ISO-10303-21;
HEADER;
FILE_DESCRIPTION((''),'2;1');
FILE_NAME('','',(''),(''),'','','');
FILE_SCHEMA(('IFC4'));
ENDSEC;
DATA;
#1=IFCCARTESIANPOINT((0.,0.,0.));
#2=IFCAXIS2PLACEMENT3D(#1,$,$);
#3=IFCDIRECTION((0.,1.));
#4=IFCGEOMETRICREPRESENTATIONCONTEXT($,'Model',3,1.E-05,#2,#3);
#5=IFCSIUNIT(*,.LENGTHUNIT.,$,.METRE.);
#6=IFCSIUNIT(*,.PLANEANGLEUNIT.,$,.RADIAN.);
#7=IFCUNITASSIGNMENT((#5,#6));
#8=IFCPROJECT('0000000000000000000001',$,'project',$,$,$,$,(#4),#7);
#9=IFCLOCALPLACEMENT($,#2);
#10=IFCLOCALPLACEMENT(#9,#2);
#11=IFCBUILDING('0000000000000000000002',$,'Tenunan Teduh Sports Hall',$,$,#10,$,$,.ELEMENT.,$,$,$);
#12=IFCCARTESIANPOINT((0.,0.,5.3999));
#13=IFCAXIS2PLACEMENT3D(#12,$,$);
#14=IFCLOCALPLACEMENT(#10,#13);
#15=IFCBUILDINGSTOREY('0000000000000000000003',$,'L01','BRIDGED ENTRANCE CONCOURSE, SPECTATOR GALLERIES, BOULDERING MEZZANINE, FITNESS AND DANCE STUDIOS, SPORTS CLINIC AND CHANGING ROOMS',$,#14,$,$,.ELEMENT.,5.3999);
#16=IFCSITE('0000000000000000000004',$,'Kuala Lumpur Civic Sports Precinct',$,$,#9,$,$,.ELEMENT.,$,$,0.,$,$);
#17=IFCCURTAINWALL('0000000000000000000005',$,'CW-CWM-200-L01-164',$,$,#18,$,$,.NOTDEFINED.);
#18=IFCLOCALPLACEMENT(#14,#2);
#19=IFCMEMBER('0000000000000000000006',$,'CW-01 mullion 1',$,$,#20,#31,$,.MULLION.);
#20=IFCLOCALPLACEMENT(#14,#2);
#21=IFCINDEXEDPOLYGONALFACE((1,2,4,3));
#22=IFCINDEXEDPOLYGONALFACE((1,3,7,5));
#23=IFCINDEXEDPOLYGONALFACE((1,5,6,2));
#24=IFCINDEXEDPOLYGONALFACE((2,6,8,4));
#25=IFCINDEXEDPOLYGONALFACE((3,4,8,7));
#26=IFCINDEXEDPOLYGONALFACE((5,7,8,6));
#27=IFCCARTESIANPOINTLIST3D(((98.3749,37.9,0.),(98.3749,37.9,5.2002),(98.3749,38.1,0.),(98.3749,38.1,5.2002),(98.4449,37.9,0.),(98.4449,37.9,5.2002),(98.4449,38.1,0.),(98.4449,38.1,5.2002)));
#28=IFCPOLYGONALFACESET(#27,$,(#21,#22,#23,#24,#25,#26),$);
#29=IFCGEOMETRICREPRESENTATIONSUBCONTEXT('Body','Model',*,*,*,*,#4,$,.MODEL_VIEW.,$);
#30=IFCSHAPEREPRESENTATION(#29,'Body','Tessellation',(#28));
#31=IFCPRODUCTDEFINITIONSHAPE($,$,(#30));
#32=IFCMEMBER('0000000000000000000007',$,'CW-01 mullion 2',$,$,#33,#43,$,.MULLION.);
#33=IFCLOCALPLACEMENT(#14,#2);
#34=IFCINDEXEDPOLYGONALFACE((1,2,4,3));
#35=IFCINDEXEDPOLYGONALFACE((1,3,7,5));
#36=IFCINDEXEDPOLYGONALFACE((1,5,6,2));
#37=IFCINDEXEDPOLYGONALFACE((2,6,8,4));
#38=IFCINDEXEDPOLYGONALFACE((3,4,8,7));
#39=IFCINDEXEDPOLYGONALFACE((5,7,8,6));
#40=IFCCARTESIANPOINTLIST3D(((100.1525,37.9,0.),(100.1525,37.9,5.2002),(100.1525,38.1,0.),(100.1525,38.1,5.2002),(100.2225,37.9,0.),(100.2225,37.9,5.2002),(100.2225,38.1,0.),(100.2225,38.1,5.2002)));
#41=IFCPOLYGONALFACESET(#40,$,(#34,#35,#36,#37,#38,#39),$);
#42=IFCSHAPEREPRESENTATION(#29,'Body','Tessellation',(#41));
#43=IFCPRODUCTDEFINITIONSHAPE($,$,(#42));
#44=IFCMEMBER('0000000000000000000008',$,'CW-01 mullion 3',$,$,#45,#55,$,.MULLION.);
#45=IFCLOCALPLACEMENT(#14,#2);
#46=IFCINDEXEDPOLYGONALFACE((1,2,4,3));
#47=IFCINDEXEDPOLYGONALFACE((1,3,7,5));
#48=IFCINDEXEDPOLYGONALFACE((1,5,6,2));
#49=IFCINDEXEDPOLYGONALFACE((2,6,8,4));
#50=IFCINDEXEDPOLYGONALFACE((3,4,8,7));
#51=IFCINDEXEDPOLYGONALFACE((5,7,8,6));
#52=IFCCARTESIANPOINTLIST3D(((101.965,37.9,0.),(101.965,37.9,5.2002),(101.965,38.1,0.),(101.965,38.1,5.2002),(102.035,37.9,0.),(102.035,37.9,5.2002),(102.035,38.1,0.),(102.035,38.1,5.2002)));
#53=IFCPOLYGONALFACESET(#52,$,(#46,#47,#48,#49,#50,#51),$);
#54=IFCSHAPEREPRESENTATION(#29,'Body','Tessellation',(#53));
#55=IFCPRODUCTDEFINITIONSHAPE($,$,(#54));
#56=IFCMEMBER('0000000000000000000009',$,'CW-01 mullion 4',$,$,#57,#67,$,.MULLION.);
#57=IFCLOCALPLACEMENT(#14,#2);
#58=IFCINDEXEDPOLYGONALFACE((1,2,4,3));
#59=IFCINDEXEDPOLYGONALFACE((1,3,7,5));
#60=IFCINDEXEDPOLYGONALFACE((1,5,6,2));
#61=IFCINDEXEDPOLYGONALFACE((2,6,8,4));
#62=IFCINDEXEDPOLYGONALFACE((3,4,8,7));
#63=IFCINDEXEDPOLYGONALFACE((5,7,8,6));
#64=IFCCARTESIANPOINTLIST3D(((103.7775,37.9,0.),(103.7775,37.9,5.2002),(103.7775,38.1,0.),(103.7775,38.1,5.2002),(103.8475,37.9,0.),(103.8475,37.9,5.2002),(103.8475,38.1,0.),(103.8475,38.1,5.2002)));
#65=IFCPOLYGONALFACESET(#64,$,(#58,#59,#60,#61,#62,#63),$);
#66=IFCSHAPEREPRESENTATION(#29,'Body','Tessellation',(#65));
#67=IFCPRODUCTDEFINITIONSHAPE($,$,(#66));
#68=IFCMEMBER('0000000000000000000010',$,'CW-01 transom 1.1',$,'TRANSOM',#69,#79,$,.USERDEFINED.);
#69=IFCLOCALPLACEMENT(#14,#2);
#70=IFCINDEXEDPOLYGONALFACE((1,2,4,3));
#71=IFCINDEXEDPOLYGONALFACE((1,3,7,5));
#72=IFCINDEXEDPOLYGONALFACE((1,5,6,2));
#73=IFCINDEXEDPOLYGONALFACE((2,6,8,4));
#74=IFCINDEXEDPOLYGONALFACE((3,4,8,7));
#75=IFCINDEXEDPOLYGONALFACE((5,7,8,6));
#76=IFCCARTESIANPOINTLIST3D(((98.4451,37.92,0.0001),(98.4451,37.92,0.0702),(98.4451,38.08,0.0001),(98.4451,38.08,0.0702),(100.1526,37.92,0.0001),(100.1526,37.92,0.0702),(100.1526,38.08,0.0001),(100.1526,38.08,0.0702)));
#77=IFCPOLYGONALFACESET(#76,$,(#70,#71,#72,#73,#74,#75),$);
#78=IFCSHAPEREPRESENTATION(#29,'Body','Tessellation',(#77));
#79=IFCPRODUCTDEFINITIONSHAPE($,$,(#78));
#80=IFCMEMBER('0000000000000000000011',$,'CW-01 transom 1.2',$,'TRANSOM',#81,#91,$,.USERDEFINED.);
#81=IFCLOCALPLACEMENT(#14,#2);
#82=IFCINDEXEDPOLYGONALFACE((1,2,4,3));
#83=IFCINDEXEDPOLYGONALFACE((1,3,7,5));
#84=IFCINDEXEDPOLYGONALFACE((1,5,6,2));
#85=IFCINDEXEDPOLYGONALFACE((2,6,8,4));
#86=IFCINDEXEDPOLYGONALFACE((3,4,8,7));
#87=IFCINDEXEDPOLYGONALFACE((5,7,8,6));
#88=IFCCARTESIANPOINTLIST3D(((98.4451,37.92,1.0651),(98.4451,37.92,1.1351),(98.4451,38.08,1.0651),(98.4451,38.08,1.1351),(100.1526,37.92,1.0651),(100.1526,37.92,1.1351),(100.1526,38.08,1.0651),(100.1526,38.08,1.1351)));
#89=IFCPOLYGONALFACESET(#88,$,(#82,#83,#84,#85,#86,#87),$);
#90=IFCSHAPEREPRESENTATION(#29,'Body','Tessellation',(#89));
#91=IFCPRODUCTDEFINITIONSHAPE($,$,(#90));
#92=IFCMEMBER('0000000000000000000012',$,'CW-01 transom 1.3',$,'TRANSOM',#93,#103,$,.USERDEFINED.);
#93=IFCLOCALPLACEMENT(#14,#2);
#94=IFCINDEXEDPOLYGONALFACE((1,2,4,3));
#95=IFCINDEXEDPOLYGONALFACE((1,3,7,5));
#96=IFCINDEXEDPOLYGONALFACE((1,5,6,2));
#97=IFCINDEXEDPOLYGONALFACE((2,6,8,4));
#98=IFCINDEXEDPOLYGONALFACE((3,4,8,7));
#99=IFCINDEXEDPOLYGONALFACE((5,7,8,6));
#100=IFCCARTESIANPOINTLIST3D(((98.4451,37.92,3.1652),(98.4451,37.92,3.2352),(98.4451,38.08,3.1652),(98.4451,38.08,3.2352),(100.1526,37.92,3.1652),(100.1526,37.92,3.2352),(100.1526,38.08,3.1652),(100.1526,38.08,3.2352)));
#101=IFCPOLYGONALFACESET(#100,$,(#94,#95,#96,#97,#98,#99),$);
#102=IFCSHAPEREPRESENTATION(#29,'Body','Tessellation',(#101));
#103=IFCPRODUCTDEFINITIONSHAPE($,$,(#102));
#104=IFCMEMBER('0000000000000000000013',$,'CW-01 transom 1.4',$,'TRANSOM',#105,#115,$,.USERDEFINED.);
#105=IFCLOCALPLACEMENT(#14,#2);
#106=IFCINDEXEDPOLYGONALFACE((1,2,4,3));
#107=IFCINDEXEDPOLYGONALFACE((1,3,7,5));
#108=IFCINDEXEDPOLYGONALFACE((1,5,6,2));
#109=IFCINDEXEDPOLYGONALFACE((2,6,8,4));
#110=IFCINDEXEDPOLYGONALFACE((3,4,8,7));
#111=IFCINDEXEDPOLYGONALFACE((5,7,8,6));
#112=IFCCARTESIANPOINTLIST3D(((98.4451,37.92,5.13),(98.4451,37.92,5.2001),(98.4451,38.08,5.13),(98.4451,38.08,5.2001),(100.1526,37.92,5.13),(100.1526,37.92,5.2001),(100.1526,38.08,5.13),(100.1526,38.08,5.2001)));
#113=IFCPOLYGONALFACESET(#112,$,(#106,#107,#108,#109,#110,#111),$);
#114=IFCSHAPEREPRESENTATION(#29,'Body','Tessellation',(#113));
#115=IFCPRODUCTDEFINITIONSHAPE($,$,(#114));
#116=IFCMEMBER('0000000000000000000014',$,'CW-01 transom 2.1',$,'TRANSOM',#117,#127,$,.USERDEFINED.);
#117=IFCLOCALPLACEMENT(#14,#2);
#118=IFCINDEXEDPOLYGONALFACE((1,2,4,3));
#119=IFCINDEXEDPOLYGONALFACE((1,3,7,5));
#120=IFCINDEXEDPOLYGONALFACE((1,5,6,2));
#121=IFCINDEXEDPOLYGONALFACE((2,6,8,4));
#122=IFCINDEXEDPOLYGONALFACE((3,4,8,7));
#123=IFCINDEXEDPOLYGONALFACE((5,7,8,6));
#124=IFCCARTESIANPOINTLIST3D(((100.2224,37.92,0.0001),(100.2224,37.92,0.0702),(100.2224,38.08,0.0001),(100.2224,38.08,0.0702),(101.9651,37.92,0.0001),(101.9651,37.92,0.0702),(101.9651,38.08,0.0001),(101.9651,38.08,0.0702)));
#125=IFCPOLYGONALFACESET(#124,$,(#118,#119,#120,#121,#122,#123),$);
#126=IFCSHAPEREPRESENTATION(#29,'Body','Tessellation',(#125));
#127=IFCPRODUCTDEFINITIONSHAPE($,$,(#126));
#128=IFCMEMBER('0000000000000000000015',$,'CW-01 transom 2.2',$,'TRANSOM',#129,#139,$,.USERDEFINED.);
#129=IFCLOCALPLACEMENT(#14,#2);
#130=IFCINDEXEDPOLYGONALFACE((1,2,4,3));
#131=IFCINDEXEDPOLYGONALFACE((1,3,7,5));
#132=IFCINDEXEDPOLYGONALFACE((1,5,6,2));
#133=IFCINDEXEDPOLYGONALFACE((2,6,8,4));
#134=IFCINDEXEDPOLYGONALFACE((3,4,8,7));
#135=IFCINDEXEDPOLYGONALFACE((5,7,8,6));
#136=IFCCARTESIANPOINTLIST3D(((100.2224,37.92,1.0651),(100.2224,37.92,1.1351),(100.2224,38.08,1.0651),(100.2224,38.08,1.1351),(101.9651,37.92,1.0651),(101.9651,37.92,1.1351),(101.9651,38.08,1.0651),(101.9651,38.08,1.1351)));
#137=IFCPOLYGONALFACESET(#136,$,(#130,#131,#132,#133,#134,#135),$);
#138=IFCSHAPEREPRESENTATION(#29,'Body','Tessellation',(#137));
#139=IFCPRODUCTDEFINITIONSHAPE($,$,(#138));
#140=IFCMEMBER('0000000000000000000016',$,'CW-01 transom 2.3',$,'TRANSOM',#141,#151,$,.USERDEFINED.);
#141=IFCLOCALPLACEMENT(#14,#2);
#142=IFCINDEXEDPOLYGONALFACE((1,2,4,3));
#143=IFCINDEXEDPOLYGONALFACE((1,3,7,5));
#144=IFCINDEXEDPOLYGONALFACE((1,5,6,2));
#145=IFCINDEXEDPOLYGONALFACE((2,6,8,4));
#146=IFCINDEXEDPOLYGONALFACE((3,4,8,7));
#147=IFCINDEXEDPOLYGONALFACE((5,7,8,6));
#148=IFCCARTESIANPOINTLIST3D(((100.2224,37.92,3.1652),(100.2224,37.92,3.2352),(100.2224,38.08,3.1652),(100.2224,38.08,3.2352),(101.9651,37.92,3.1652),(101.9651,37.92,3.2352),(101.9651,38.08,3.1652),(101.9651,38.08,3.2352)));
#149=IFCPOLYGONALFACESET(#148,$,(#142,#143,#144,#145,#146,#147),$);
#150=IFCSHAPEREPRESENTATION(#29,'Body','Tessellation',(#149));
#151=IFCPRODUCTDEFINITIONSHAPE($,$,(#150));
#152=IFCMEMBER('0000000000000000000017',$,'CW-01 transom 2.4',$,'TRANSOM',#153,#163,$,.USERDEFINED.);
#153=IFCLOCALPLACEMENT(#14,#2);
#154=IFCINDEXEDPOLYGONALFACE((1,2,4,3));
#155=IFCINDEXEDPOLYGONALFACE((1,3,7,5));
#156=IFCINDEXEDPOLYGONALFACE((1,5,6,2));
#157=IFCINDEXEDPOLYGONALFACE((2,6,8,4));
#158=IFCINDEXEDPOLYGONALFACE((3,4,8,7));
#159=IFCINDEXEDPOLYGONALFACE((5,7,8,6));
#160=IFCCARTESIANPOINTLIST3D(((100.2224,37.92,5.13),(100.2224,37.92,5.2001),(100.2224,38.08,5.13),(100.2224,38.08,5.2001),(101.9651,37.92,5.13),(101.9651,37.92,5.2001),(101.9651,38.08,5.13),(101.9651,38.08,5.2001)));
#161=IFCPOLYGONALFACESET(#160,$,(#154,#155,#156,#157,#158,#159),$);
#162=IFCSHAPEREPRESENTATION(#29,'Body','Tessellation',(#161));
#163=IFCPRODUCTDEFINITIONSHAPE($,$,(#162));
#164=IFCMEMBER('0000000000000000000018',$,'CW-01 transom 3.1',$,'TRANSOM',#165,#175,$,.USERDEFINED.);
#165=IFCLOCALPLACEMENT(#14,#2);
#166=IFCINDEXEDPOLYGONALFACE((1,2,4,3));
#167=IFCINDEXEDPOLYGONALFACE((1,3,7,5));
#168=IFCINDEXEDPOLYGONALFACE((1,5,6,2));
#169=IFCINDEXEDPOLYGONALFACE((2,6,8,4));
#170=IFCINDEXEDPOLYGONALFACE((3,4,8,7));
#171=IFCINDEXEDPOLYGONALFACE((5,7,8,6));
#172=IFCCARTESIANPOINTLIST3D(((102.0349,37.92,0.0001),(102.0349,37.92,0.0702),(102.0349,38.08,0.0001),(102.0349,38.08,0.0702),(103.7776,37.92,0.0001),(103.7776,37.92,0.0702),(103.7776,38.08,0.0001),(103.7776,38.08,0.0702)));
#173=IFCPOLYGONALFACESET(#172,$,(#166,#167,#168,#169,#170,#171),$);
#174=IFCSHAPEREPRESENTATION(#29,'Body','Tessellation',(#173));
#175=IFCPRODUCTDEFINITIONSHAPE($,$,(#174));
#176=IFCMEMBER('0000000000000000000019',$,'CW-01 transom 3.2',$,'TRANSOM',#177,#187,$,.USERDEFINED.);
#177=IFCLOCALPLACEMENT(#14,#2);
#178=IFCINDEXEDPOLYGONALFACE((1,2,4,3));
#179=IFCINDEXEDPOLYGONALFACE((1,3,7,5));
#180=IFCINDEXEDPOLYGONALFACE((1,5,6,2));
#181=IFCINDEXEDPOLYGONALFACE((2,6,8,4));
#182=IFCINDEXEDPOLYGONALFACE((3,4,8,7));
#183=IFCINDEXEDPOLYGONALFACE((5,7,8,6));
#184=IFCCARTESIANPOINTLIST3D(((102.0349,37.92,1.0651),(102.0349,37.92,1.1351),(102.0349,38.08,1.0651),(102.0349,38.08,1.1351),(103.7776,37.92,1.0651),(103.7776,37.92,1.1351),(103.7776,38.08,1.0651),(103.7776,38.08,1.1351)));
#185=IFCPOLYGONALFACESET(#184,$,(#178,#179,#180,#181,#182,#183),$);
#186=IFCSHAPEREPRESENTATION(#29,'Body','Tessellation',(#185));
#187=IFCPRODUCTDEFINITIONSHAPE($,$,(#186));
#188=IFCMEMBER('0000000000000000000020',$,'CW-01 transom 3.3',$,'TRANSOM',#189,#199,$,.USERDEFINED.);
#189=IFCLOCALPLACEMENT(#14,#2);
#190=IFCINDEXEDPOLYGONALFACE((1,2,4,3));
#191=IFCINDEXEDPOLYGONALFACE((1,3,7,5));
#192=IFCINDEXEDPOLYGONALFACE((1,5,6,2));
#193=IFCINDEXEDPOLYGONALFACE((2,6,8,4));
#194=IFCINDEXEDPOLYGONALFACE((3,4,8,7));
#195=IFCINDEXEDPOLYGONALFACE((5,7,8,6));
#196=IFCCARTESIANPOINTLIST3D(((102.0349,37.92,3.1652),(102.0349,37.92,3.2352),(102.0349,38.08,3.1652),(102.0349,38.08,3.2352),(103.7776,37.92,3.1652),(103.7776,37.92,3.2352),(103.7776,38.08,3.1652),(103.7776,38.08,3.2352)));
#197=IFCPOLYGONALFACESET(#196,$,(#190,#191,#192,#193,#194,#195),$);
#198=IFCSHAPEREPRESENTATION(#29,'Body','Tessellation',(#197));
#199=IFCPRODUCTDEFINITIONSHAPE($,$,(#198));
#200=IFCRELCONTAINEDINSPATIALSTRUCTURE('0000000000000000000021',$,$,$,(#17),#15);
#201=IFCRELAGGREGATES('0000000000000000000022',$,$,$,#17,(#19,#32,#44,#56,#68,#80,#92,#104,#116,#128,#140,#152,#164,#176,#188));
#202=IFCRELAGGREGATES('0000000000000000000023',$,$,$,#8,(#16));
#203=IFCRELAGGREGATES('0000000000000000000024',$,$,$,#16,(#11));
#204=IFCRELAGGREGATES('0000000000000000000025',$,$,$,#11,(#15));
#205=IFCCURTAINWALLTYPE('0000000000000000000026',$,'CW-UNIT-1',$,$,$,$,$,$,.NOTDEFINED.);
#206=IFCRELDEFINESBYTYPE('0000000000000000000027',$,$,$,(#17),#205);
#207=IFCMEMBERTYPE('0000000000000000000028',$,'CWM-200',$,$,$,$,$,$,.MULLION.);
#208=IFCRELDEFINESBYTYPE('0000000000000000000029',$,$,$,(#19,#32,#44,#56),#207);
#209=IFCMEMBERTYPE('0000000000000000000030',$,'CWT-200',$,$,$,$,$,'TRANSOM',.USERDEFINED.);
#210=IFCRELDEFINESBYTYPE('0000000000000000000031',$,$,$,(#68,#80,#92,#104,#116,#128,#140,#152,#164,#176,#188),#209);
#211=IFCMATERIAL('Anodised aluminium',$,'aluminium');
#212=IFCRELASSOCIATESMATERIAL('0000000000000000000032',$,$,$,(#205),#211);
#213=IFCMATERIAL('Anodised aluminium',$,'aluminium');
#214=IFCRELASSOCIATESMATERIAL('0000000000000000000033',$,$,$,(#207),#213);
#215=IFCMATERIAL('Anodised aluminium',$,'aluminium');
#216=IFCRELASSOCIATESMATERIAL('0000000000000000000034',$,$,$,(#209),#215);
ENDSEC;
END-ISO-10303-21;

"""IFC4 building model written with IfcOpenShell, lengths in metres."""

from ifc_helpers import new_model, si_unit, direction, frame, origin, origin_2d, place, context, subcontext, project, spatial, rectangle, extrude, material, material_profile, profile_set, type_object, element, aggregate, save


model = new_model("IFC4")

# Units and contexts
model_context = context("Model", 3, precision=1e-05, world=origin(), true_north=direction((0.0, 1.0)))
body_context = subcontext(model_context, "Body", "Model", "MODEL_VIEW")
ifc_project = project(units=[si_unit("LENGTHUNIT", "METRE"), si_unit("PLANEANGLEUNIT", "RADIAN")], contexts=[model_context])

# Site, building, storey
site_placement = place(None, origin())
site = spatial("IfcSite", under=ifc_project, at=site_placement, Name="Kuala Lumpur Civic Sports Precinct", CompositionType="ELEMENT", RefElevation=0.0)
building_placement = place(site_placement, origin())
building = spatial("IfcBuilding", under=site, at=building_placement, Name="Tenunan Teduh Sports Hall", CompositionType="ELEMENT")
storey_placement = place(building_placement, frame((0.0, 0.0, 5.3999)))
storey = spatial("IfcBuildingStorey", under=building, at=storey_placement, Name="L01", Description="BRIDGED ENTRANCE CONCOURSE, SPECTATOR GALLERIES, BOULDERING MEZZANINE, FITNESS AND DANCE STUDIOS, SPORTS CLINIC AND CHANGING ROOMS", CompositionType="ELEMENT", Elevation=5.3999)

# Curtain wall, members
ifc_material_1 = material(Name="Anodised aluminium", Category="aluminium")
curtain_wall_type = type_object("IfcCurtainWallType", Name="CW-UNIT-1", PredefinedType="NOTDEFINED", material=ifc_material_1)
curtain_wall_1_placement = place(storey_placement, origin())
curtain_wall_1 = element("IfcCurtainWall", 1, at=curtain_wall_1_placement, inside=storey, type_object=curtain_wall_type, Name="CW-CWM-200-L01-164", PredefinedType="NOTDEFINED")
ifc_material_2 = material(Name="Anodised aluminium", Category="aluminium")
ifc_material_profile_1 = material_profile(ifc_material_2, rectangle(XDim=0.0701, YDim=0.2, at=origin_2d()), Name="CWM 70x200")
ifc_profile_set_1 = profile_set([ifc_material_profile_1], Name="Anodised aluminium")
member_type_1 = type_object("IfcMemberType", Name="CWM-200", PredefinedType="MULLION", material=ifc_profile_set_1)
member_1_placement = place(storey_placement, frame((98.4099, 38.0, 0.0), z_axis=(0.0, 0.0, 1.0), x_axis=(1.0, 0.0, 0.0)))
member_1 = element("IfcMember", 2, at=member_1_placement, type_object=member_type_1, Name="CW-01 mullion 1", PredefinedType="MULLION", context=body_context, shape_type="SweptSolid", body=[
    extrude(rectangle(XDim=0.0701, YDim=0.2, at=origin_2d()), origin(), (0.0, 0.0, 1.0), 5.2002),
])
member_2_placement = place(storey_placement, frame((100.1875, 38.0, 0.0), z_axis=(0.0, 0.0, 1.0), x_axis=(1.0, 0.0, 0.0)))
member_2 = element("IfcMember", 3, at=member_2_placement, type_object=member_type_1, Name="CW-01 mullion 2", PredefinedType="MULLION", context=body_context, shape_type="SweptSolid", body=[
    extrude(rectangle(XDim=0.0701, YDim=0.2, at=origin_2d()), origin(), (0.0, 0.0, 1.0), 5.2002),
])
member_3_placement = place(storey_placement, frame((102.0, 38.0, 0.0), z_axis=(0.0, 0.0, 1.0), x_axis=(1.0, 0.0, 0.0)))
member_3 = element("IfcMember", 4, at=member_3_placement, type_object=member_type_1, Name="CW-01 mullion 3", PredefinedType="MULLION", context=body_context, shape_type="SweptSolid", body=[
    extrude(rectangle(XDim=0.0701, YDim=0.2, at=origin_2d()), origin(), (0.0, 0.0, 1.0), 5.2002),
])
member_4_placement = place(storey_placement, frame((103.8125, 38.0, 0.0), z_axis=(0.0, 0.0, 1.0), x_axis=(1.0, 0.0, 0.0)))
member_4 = element("IfcMember", 5, at=member_4_placement, type_object=member_type_1, Name="CW-01 mullion 4", PredefinedType="MULLION", context=body_context, shape_type="SweptSolid", body=[
    extrude(rectangle(XDim=0.0701, YDim=0.2, at=origin_2d()), origin(), (0.0, 0.0, 1.0), 5.2002),
])
ifc_material_3 = material(Name="Anodised aluminium", Category="aluminium")
ifc_material_profile_2 = material_profile(ifc_material_3, rectangle(XDim=0.0701, YDim=0.1599, at=origin_2d()), Name="CWT 70x160")
ifc_profile_set_2 = profile_set([ifc_material_profile_2], Name="Anodised aluminium")
member_type_2 = type_object("IfcMemberType", Name="CWT-200", ElementType="TRANSOM", PredefinedType="USERDEFINED", material=ifc_profile_set_2)
member_5_placement = place(storey_placement, frame((98.4451, 38.0, 0.0352), z_axis=(1.0, 0.0, 0.0), x_axis=(0.0, 0.0, 1.0)))
member_5 = element("IfcMember", 6, at=member_5_placement, type_object=member_type_2, Name="CW-01 transom 1.1", ObjectType="TRANSOM", PredefinedType="USERDEFINED", context=body_context, shape_type="SweptSolid", body=[
    extrude(rectangle(XDim=0.0701, YDim=0.1599, at=origin_2d()), origin(), (0.0, 0.0, 1.0), 1.7075),
])
member_6_placement = place(storey_placement, frame((98.4451, 38.0, 1.1001), z_axis=(1.0, 0.0, 0.0), x_axis=(0.0, 0.0, 1.0)))
member_6 = element("IfcMember", 7, at=member_6_placement, type_object=member_type_2, Name="CW-01 transom 1.2", ObjectType="TRANSOM", PredefinedType="USERDEFINED", context=body_context, shape_type="SweptSolid", body=[
    extrude(rectangle(XDim=0.0701, YDim=0.1599, at=origin_2d()), origin(), (0.0, 0.0, 1.0), 1.7075),
])
member_7_placement = place(storey_placement, frame((98.4451, 38.0, 3.2002), z_axis=(1.0, 0.0, 0.0), x_axis=(0.0, 0.0, 1.0)))
member_7 = element("IfcMember", 8, at=member_7_placement, type_object=member_type_2, Name="CW-01 transom 1.3", ObjectType="TRANSOM", PredefinedType="USERDEFINED", context=body_context, shape_type="SweptSolid", body=[
    extrude(rectangle(XDim=0.0701, YDim=0.1599, at=origin_2d()), origin(), (0.0, 0.0, 1.0), 1.7075),
])
member_8_placement = place(storey_placement, frame((98.4451, 38.0, 5.165), z_axis=(1.0, 0.0, 0.0), x_axis=(0.0, 0.0, 1.0)))
member_8 = element("IfcMember", 9, at=member_8_placement, type_object=member_type_2, Name="CW-01 transom 1.4", ObjectType="TRANSOM", PredefinedType="USERDEFINED", context=body_context, shape_type="SweptSolid", body=[
    extrude(rectangle(XDim=0.0701, YDim=0.1599, at=origin_2d()), origin(), (0.0, 0.0, 1.0), 1.7075),
])
member_9_placement = place(storey_placement, frame((100.2224, 38.0, 0.0352), z_axis=(1.0, 0.0, 0.0), x_axis=(0.0, 0.0, 1.0)))
member_9 = element("IfcMember", 10, at=member_9_placement, type_object=member_type_2, Name="CW-01 transom 2.1", ObjectType="TRANSOM", PredefinedType="USERDEFINED", context=body_context, shape_type="SweptSolid", body=[
    extrude(rectangle(XDim=0.0701, YDim=0.1599, at=origin_2d()), origin(), (0.0, 0.0, 1.0), 1.7427),
])
member_10_placement = place(storey_placement, frame((100.2224, 38.0, 1.1001), z_axis=(1.0, 0.0, 0.0), x_axis=(0.0, 0.0, 1.0)))
member_10 = element("IfcMember", 11, at=member_10_placement, type_object=member_type_2, Name="CW-01 transom 2.2", ObjectType="TRANSOM", PredefinedType="USERDEFINED", context=body_context, shape_type="SweptSolid", body=[
    extrude(rectangle(XDim=0.0701, YDim=0.1599, at=origin_2d()), origin(), (0.0, 0.0, 1.0), 1.7427),
])
member_11_placement = place(storey_placement, frame((100.2224, 38.0, 3.2002), z_axis=(1.0, 0.0, 0.0), x_axis=(0.0, 0.0, 1.0)))
member_11 = element("IfcMember", 12, at=member_11_placement, type_object=member_type_2, Name="CW-01 transom 2.3", ObjectType="TRANSOM", PredefinedType="USERDEFINED", context=body_context, shape_type="SweptSolid", body=[
    extrude(rectangle(XDim=0.0701, YDim=0.1599, at=origin_2d()), origin(), (0.0, 0.0, 1.0), 1.7427),
])
member_12_placement = place(storey_placement, frame((100.2224, 38.0, 5.165), z_axis=(1.0, 0.0, 0.0), x_axis=(0.0, 0.0, 1.0)))
member_12 = element("IfcMember", 13, at=member_12_placement, type_object=member_type_2, Name="CW-01 transom 2.4", ObjectType="TRANSOM", PredefinedType="USERDEFINED", context=body_context, shape_type="SweptSolid", body=[
    extrude(rectangle(XDim=0.0701, YDim=0.1599, at=origin_2d()), origin(), (0.0, 0.0, 1.0), 1.7427),
])
member_13_placement = place(storey_placement, frame((102.0349, 38.0, 0.0352), z_axis=(1.0, 0.0, 0.0), x_axis=(0.0, 0.0, 1.0)))
member_13 = element("IfcMember", 14, at=member_13_placement, type_object=member_type_2, Name="CW-01 transom 3.1", ObjectType="TRANSOM", PredefinedType="USERDEFINED", context=body_context, shape_type="SweptSolid", body=[
    extrude(rectangle(XDim=0.0701, YDim=0.1599, at=origin_2d()), origin(), (0.0, 0.0, 1.0), 1.7427),
])
member_14_placement = place(storey_placement, frame((102.0349, 38.0, 1.1001), z_axis=(1.0, 0.0, 0.0), x_axis=(0.0, 0.0, 1.0)))
member_14 = element("IfcMember", 15, at=member_14_placement, type_object=member_type_2, Name="CW-01 transom 3.2", ObjectType="TRANSOM", PredefinedType="USERDEFINED", context=body_context, shape_type="SweptSolid", body=[
    extrude(rectangle(XDim=0.0701, YDim=0.1599, at=origin_2d()), origin(), (0.0, 0.0, 1.0), 1.7427),
])
member_15_placement = place(storey_placement, frame((102.0349, 38.0, 3.2002), z_axis=(1.0, 0.0, 0.0), x_axis=(0.0, 0.0, 1.0)))
member_15 = element("IfcMember", 16, at=member_15_placement, type_object=member_type_2, Name="CW-01 transom 3.3", ObjectType="TRANSOM", PredefinedType="USERDEFINED", context=body_context, shape_type="SweptSolid", body=[
    extrude(rectangle(XDim=0.0701, YDim=0.1599, at=origin_2d()), origin(), (0.0, 0.0, 1.0), 1.7427),
])

aggregate(curtain_wall_1, [member_1, member_2, member_3, member_4, member_5, member_6, member_7, member_8, member_9, member_10, member_11, member_12, member_13, member_14, member_15])

save(model, "model.ifc")
